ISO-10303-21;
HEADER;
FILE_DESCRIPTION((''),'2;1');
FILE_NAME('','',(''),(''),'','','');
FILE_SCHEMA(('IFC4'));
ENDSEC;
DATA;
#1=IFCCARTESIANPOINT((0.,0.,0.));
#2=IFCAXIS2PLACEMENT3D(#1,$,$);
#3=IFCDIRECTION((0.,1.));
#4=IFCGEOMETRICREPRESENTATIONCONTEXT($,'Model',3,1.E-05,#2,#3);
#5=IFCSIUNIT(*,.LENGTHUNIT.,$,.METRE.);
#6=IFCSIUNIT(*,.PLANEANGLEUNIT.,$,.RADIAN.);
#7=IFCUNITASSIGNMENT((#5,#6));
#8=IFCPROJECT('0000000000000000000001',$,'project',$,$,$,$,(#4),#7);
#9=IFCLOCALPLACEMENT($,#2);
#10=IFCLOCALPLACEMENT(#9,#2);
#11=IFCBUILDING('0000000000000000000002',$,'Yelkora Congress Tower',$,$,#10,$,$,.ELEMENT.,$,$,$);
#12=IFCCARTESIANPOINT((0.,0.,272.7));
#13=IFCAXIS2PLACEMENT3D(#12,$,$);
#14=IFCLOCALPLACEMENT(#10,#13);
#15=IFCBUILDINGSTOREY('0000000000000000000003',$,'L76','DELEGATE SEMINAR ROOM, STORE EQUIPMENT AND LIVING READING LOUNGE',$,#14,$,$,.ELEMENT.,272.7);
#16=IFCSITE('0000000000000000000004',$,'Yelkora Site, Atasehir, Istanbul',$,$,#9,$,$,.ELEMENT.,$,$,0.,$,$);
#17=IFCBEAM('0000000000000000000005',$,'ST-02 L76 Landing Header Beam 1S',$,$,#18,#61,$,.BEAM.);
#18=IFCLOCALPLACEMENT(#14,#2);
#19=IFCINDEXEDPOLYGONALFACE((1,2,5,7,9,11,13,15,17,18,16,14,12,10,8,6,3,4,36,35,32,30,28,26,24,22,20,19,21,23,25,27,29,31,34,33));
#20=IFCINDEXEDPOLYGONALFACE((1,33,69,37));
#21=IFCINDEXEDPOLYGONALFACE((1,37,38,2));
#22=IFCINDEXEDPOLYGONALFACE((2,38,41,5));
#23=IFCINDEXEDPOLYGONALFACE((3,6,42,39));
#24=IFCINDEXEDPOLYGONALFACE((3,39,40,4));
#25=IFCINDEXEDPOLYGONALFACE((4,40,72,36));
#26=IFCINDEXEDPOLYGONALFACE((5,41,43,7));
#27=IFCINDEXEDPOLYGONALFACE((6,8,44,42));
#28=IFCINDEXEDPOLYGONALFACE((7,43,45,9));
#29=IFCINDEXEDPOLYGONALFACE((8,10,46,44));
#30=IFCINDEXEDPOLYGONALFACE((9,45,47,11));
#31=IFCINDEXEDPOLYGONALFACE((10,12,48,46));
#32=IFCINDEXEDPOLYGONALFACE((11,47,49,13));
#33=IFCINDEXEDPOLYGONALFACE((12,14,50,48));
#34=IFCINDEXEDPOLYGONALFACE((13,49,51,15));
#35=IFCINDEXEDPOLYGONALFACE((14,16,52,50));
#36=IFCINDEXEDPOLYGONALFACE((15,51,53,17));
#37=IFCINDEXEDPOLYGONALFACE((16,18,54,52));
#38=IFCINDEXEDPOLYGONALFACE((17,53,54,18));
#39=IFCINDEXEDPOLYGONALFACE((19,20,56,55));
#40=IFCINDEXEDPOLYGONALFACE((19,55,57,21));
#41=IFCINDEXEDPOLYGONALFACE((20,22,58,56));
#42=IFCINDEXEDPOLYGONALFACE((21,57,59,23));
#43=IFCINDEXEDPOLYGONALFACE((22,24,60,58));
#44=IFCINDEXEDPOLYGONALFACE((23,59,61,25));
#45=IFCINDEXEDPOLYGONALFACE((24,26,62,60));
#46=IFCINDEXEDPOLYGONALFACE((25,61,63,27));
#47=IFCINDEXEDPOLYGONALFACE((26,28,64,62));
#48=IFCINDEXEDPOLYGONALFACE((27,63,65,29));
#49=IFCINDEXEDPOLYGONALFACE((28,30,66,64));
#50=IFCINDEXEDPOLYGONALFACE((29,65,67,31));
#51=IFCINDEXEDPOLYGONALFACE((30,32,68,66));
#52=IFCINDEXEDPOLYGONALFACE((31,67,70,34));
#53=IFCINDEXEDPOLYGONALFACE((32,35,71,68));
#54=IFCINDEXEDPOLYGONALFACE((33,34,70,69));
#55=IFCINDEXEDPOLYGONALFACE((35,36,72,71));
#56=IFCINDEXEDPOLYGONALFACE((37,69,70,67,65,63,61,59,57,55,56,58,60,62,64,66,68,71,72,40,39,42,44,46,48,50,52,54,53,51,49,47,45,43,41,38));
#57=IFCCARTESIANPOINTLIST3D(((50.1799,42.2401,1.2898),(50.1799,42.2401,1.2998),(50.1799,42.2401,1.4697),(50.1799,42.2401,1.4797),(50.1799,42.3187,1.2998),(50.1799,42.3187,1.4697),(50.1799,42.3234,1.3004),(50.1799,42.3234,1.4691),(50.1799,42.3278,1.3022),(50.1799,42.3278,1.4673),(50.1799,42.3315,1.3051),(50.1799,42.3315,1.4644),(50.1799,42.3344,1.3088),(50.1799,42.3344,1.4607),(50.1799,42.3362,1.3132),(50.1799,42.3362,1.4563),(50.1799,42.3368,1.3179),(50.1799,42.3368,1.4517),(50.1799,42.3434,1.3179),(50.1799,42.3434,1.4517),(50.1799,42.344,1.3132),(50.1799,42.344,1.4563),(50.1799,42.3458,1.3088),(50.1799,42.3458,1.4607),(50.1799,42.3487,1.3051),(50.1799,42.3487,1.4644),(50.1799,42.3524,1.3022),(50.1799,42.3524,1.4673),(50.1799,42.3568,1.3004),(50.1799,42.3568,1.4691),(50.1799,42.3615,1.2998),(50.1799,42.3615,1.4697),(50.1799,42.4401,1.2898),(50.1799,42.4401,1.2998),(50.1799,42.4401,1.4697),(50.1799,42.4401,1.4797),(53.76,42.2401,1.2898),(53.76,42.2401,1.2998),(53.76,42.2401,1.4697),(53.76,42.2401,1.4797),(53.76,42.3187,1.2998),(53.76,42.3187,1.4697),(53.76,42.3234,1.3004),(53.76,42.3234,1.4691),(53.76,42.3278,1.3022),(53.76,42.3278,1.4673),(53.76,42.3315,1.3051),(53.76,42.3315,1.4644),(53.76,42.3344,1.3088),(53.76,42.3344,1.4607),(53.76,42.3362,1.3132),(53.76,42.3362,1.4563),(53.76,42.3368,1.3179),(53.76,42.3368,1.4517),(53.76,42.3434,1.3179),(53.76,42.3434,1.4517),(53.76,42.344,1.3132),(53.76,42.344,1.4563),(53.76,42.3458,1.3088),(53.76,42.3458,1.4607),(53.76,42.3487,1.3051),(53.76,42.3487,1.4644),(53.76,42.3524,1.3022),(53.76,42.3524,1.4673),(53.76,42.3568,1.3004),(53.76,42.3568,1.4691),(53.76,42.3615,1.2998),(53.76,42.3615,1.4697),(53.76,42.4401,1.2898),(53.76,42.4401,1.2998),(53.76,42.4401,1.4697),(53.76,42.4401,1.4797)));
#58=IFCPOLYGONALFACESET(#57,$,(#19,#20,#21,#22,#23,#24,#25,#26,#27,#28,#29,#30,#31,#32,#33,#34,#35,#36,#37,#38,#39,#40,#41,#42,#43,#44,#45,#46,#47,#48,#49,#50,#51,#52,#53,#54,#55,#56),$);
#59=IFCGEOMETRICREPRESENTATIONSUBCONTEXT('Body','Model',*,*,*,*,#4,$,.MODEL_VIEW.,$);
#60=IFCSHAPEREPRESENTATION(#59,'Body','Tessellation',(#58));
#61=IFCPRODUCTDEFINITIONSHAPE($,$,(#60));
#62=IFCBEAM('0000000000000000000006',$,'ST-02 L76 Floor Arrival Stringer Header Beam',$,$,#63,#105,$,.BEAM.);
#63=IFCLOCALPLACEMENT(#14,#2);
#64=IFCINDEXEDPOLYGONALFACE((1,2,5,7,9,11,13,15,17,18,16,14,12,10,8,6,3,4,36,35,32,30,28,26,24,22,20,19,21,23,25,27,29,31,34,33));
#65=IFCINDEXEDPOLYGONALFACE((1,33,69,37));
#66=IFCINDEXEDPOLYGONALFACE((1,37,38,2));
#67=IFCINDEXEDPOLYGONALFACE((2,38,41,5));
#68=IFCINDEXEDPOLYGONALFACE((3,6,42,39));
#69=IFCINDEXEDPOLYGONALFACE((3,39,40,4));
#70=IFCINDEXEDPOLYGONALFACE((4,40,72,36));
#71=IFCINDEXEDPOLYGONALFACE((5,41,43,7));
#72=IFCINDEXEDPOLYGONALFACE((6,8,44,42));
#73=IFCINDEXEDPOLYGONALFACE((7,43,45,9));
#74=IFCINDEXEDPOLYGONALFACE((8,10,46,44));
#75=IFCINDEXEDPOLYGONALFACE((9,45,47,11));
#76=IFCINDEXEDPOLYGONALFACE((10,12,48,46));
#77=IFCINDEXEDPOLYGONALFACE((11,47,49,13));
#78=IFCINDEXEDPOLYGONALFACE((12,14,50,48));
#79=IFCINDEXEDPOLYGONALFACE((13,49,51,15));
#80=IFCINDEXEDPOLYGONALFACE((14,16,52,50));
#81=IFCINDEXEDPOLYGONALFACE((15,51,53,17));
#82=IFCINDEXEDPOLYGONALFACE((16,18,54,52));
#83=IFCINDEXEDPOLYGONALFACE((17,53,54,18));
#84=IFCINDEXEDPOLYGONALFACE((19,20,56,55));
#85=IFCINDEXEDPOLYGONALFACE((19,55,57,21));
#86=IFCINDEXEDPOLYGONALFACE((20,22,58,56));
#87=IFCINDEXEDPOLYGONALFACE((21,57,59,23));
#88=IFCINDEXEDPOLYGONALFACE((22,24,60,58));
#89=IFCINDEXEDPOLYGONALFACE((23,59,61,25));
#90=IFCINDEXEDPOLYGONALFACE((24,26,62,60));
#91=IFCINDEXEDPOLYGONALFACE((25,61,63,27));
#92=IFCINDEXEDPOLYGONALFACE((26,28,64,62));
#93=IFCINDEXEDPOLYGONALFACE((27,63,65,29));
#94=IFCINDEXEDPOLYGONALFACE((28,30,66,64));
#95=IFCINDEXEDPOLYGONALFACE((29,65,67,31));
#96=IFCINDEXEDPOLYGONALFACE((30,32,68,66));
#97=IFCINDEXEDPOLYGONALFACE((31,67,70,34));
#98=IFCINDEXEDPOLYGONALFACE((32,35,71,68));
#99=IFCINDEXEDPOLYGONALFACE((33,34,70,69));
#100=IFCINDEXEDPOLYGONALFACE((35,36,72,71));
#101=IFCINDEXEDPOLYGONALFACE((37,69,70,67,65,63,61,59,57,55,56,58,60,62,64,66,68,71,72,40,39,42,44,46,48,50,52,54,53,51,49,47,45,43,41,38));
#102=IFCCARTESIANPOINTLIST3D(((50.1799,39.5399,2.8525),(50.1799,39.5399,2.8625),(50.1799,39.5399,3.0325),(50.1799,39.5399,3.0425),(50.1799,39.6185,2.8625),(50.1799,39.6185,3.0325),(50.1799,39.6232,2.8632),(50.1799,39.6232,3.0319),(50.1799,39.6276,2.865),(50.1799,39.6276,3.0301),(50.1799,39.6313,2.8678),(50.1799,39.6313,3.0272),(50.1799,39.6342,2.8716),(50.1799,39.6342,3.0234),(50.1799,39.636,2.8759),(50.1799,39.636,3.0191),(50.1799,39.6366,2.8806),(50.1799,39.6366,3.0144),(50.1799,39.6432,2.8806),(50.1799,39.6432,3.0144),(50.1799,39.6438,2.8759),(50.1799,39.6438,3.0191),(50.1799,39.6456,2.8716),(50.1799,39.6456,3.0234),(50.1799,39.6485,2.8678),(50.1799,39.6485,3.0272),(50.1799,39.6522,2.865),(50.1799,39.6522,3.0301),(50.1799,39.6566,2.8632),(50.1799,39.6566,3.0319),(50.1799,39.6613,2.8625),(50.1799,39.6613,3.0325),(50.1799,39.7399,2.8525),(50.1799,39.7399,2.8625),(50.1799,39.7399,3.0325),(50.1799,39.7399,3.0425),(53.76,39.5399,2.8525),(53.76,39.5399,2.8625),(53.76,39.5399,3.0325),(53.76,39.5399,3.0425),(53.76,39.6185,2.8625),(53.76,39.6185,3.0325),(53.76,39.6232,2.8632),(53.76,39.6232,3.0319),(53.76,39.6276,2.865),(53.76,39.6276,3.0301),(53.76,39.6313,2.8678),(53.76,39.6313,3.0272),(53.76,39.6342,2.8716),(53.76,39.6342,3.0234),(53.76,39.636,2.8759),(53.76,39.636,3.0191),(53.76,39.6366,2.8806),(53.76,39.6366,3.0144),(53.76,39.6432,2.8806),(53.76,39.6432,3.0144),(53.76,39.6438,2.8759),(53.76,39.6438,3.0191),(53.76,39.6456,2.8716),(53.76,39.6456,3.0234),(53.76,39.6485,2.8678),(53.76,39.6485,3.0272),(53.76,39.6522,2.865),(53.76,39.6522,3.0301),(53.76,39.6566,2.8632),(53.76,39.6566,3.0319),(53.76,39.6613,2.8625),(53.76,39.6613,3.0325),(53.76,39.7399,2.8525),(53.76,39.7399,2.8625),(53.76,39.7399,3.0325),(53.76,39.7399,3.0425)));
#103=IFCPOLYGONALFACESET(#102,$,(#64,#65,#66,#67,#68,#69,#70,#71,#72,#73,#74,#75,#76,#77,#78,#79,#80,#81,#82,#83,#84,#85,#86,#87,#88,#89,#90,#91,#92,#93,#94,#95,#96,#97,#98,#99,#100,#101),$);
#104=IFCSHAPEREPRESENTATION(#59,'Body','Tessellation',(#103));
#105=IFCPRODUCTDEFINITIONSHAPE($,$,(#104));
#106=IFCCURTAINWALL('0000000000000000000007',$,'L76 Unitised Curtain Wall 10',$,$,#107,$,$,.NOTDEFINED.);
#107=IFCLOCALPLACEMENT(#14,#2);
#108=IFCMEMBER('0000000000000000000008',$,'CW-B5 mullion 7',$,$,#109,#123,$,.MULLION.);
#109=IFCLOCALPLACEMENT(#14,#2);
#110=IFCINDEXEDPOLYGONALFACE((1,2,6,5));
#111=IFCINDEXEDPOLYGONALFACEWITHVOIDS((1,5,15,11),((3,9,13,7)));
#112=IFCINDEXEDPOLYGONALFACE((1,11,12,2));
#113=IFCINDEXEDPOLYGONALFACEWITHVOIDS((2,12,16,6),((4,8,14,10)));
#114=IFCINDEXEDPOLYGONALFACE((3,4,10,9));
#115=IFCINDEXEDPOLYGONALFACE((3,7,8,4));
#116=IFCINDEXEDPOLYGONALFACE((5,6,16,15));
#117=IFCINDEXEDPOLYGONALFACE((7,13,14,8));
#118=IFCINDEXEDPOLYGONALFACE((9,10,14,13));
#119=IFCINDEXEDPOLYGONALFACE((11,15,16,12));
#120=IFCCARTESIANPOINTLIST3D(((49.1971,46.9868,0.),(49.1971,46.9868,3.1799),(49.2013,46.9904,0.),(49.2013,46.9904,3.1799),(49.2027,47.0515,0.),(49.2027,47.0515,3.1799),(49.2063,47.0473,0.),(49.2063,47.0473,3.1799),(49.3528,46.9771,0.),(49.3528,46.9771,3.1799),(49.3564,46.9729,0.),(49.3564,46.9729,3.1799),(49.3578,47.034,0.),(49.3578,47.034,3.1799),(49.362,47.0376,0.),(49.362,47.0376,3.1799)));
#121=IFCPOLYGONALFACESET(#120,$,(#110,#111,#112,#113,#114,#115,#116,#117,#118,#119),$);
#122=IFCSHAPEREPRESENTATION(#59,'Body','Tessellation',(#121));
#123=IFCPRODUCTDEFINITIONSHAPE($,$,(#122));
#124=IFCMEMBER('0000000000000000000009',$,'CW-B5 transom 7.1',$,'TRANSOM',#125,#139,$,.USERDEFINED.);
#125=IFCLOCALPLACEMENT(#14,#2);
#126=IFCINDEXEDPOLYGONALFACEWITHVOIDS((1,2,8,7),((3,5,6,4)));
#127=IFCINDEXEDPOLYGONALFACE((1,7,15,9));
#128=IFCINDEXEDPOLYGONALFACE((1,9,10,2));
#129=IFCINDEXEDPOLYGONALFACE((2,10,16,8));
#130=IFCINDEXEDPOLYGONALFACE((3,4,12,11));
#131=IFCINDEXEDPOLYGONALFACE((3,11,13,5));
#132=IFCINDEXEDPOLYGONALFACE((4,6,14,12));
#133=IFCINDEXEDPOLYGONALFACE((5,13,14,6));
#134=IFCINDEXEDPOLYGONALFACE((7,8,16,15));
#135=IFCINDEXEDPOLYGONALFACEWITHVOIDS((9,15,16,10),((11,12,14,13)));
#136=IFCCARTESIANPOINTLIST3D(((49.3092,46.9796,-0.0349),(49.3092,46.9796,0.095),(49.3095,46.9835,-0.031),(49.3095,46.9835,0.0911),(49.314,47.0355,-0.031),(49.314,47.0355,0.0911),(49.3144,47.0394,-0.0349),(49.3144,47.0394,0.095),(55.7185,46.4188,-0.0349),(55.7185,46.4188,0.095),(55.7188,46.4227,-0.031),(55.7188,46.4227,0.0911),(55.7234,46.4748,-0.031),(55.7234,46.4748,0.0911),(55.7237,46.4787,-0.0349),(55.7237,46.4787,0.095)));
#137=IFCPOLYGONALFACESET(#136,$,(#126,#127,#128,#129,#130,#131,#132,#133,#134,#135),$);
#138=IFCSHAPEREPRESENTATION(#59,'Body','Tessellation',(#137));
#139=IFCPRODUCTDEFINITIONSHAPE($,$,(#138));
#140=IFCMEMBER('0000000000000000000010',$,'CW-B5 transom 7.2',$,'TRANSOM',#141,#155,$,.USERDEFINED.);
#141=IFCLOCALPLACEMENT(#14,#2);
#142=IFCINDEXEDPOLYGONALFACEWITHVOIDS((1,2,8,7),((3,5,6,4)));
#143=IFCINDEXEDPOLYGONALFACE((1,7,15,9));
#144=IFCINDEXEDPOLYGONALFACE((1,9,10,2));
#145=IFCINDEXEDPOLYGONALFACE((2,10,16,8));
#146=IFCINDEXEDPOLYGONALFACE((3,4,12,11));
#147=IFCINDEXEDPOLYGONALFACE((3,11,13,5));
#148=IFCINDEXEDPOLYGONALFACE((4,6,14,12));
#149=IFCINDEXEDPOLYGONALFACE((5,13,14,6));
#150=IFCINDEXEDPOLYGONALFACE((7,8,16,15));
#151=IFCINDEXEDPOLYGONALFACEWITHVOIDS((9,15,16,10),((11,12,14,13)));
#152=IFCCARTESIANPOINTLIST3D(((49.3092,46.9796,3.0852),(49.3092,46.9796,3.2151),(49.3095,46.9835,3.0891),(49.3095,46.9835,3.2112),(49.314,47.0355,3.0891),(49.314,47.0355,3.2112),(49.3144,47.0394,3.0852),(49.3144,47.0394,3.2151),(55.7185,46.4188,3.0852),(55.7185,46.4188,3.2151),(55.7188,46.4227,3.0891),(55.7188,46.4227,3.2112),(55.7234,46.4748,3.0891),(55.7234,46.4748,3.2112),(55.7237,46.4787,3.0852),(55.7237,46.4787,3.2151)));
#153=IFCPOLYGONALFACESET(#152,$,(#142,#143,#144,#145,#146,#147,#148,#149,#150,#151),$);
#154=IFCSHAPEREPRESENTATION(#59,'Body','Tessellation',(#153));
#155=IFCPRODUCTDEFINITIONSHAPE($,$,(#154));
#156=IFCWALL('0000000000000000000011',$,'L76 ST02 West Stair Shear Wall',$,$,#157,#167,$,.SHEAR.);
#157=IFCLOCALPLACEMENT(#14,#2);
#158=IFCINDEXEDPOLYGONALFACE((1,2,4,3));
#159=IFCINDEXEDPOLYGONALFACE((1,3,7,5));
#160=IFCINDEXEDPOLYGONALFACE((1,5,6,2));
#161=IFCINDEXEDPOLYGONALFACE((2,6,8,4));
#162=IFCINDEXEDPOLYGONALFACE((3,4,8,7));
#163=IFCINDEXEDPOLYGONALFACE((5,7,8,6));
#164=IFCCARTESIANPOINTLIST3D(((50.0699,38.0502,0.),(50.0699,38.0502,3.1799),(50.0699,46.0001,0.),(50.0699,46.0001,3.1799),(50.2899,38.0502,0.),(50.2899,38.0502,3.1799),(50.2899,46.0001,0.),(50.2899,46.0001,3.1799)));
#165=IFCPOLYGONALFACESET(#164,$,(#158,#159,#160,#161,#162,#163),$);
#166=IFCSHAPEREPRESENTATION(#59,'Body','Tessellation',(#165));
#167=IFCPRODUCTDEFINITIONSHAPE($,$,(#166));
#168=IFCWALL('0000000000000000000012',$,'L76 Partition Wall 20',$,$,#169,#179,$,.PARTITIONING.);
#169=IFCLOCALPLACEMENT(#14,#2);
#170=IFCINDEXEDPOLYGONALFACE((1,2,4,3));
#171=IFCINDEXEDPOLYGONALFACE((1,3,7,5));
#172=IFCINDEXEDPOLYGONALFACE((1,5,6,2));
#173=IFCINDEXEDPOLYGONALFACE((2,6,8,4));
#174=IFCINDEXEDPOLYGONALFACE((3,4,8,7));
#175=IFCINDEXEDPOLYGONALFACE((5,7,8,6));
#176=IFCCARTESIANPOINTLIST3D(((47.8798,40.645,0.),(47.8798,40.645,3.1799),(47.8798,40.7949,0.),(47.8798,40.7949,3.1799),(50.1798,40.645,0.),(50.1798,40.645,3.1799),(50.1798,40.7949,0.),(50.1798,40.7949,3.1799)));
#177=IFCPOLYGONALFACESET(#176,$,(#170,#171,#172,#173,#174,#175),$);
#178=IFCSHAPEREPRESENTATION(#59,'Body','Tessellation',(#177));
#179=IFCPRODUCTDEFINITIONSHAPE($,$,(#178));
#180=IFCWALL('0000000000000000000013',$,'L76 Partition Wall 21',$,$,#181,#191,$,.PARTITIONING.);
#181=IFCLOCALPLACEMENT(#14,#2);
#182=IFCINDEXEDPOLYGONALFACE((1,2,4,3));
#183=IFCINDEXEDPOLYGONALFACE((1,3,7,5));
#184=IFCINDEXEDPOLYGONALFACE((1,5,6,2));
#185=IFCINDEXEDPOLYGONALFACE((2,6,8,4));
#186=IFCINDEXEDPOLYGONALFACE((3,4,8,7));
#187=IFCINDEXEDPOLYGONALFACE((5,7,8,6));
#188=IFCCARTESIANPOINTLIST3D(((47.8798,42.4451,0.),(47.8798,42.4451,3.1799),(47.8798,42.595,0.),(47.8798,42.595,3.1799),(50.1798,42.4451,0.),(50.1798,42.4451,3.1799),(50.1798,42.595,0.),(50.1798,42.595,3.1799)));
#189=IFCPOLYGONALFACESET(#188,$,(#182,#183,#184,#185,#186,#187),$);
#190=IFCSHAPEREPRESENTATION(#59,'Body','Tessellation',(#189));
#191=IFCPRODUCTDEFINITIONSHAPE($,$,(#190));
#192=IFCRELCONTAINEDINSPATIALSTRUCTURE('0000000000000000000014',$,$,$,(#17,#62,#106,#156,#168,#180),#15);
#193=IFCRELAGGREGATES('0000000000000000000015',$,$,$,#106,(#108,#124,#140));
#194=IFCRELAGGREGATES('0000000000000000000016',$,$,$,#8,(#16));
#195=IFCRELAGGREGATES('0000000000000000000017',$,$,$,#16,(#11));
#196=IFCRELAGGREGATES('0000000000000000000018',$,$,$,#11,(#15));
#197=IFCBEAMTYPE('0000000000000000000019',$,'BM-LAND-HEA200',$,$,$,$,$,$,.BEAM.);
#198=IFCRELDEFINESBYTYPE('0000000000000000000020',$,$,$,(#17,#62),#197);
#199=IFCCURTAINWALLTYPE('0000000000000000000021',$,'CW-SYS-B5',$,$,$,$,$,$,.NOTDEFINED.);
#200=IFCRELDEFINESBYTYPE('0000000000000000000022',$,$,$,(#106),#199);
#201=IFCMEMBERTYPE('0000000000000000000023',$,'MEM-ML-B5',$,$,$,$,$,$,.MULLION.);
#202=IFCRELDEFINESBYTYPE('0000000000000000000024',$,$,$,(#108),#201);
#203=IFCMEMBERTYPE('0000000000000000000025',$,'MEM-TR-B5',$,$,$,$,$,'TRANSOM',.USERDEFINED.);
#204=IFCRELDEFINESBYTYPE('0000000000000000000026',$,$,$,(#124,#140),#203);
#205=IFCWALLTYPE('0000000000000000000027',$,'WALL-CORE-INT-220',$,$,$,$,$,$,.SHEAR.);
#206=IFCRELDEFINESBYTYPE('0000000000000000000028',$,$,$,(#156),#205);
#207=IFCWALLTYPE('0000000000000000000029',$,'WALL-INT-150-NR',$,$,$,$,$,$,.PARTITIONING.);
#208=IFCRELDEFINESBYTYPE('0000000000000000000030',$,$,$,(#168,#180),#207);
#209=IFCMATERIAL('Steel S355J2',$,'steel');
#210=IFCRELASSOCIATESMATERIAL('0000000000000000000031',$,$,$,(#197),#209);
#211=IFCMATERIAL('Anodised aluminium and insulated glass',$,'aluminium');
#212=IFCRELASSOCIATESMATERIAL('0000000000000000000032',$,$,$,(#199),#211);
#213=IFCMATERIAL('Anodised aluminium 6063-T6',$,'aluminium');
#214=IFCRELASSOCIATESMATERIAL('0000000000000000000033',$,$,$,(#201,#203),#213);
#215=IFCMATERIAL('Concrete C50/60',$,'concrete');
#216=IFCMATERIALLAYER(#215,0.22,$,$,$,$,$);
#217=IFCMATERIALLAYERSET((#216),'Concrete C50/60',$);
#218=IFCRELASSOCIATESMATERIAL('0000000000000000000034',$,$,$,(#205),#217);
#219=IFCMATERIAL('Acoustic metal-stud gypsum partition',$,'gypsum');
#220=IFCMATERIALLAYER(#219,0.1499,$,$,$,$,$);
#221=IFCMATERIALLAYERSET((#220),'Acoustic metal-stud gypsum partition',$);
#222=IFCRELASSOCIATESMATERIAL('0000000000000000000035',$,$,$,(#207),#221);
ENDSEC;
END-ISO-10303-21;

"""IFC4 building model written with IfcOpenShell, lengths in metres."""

from ifc_helpers import new_model, si_unit, direction, frame, frame_2d, origin, origin_2d, place, context, subcontext, project, spatial, rectangle, hollow_rectangle, i_section, extrude, material, layer, layer_set, material_profile, profile_set, type_object, element, aggregate, save


model = new_model("IFC4")

# Units and contexts
model_context = context("Model", 3, precision=1e-05, world=origin(), true_north=direction((0.0, 1.0)))
body_context = subcontext(model_context, "Body", "Model", "MODEL_VIEW")
ifc_project = project(units=[si_unit("LENGTHUNIT", "METRE"), si_unit("PLANEANGLEUNIT", "RADIAN")], contexts=[model_context])

# Site, building, storey
site_placement = place(None, origin())
site = spatial("IfcSite", under=ifc_project, at=site_placement, Name="Yelkora Site, Atasehir, Istanbul", CompositionType="ELEMENT", RefElevation=0.0)
building_placement = place(site_placement, origin())
building = spatial("IfcBuilding", under=site, at=building_placement, Name="Yelkora Congress Tower", CompositionType="ELEMENT")
storey_placement = place(building_placement, frame((0.0, 0.0, 272.7)))
storey = spatial("IfcBuildingStorey", under=building, at=storey_placement, Name="L76", Description="DELEGATE SEMINAR ROOM, STORE EQUIPMENT AND LIVING READING LOUNGE", CompositionType="ELEMENT", Elevation=272.7)

# Beams
ifc_material_1 = material(Name="Steel S355J2", Category="steel")
ifc_material_profile_1 = material_profile(ifc_material_1, i_section(OverallWidth=0.2, OverallDepth=0.1899, WebThickness=0.0066, FlangeThickness=0.01, FilletRadius=0.0181, at=origin_2d()), Name="HEA 200")
ifc_profile_set_1 = profile_set([ifc_material_profile_1], Name="Steel S355J2")
beam_type_1 = type_object("IfcBeamType", Name="BM-LAND-HEA200", PredefinedType="BEAM", material=ifc_profile_set_1)
for number, where, z_axis, x_axis, name in (
    (1, (50.1799, 42.3401, 1.3848), (1.0, 0.0, 0.0), (0.0, 1.0, 0.0), "ST-02 L76 Landing Header Beam 1S"),
    (2, (50.1799, 39.6399, 2.9475), (1.0, 0.0, 0.0), (0.0, 1.0, 0.0), "ST-02 L76 Floor Arrival Stringer Header Beam"),
):
    element("IfcBeam", number, at=place(storey_placement, frame(where, z_axis=z_axis, x_axis=x_axis)), inside=storey, type_object=beam_type_1, Name=name, PredefinedType="BEAM", context=body_context, shape_type="SweptSolid", body=[
        extrude(i_section(OverallWidth=0.2, OverallDepth=0.1899, WebThickness=0.0066, FlangeThickness=0.01, FilletRadius=0.0181, at=origin_2d()), origin(), (0.0, 0.0, 1.0), 3.5801),
    ])

# Curtain wall, members
ifc_material_2 = material(Name="Anodised aluminium and insulated glass", Category="aluminium")
curtain_wall_type = type_object("IfcCurtainWallType", Name="CW-SYS-B5", PredefinedType="NOTDEFINED", material=ifc_material_2)
curtain_wall_placement = place(storey_placement, origin())
curtain_wall = element("IfcCurtainWall", 3, at=curtain_wall_placement, inside=storey, type_object=curtain_wall_type, Name="L76 Unitised Curtain Wall 10", PredefinedType="NOTDEFINED")
ifc_material_3 = material(Name="Anodised aluminium 6063-T6", Category="aluminium")
ifc_material_profile_2 = material_profile(ifc_material_3, hollow_rectangle(XDim=0.0649, YDim=0.1599, WallThickness=0.0039, at=origin_2d()), Name="ALU 65x160x4")
ifc_profile_set_2 = profile_set([ifc_material_profile_2], Name="Anodised aluminium 6063-T6")
member_type_1 = type_object("IfcMemberType", Name="MEM-ML-B5", PredefinedType="MULLION", material=ifc_profile_set_2)
member_1_placement = place(storey_placement, frame((49.2795, 47.0122, 0.0), z_axis=(0.0, 0.0, 1.0), x_axis=(0.087157, 0.996195, 0.0)))
member_1 = element("IfcMember", 4, at=member_1_placement, type_object=member_type_1, Name="CW-B5 mullion 7", PredefinedType="MULLION", context=body_context, shape_type="SweptSolid", body=[
    extrude(hollow_rectangle(XDim=0.0649, YDim=0.1599, WallThickness=0.0039, at=origin_2d()), origin(), (0.0, 0.0, 1.0), 3.1799),
])
ifc_material_profile_3 = material_profile(ifc_material_3, hollow_rectangle(XDim=0.0601, YDim=0.1299, WallThickness=0.0039, at=origin_2d()), Name="ALU 60x130x4")
ifc_profile_set_3 = profile_set([ifc_material_profile_3], Name="Anodised aluminium 6063-T6")
member_type_2 = type_object("IfcMemberType", Name="MEM-TR-B5", ElementType="TRANSOM", PredefinedType="USERDEFINED", material=ifc_profile_set_3)
member_2_placement = place(storey_placement, frame((49.3118, 47.0095, 0.03), z_axis=(0.996194, -0.087162, 0.0), x_axis=(0.087162, 0.996194, 0.0)))
member_2 = element("IfcMember", 5, at=member_2_placement, type_object=member_type_2, Name="CW-B5 transom 7.1", ObjectType="TRANSOM", PredefinedType="USERDEFINED", context=body_context, shape_type="SweptSolid", body=[
    extrude(hollow_rectangle(XDim=0.0601, YDim=0.1299, WallThickness=0.0039, at=origin_2d()), origin(), (0.0, 0.0, 1.0), 6.4338),
])
member_3_placement = place(storey_placement, frame((49.3118, 47.0095, 3.1501), z_axis=(0.996194, -0.087162, 0.0), x_axis=(0.087162, 0.996194, 0.0)))
member_3 = element("IfcMember", 6, at=member_3_placement, type_object=member_type_2, Name="CW-B5 transom 7.2", ObjectType="TRANSOM", PredefinedType="USERDEFINED", context=body_context, shape_type="SweptSolid", body=[
    extrude(hollow_rectangle(XDim=0.0601, YDim=0.1299, WallThickness=0.0039, at=origin_2d()), origin(), (0.0, 0.0, 1.0), 6.4338),
])
aggregate(curtain_wall, [member_1, member_2, member_3])

# Walls
ifc_material_4 = material(Name="Concrete C50/60", Category="concrete")
ifc_layer_1 = layer(ifc_material_4, 0.22)
ifc_layer_set_1 = layer_set([ifc_layer_1], Name="Concrete C50/60")
wall_type_1 = type_object("IfcWallType", Name="WALL-CORE-INT-220", PredefinedType="SHEAR", material=ifc_layer_set_1)
wall_1_placement = place(storey_placement, frame((50.1799, 38.05, 0.0), z_axis=(0.0, 0.0, 1.0), x_axis=(0.0, 1.0, 0.0)))
element("IfcWall", 7, at=wall_1_placement, inside=storey, type_object=wall_type_1, Name="L76 ST02 West Stair Shear Wall", PredefinedType="SHEAR", context=body_context, shape_type="SweptSolid", body=[
    extrude(rectangle(XDim=7.95, YDim=0.22, at=frame_2d((3.9751, 0.0))), origin(), (0.0, 0.0, 1.0), 3.1799),
])
ifc_material_5 = material(Name="Acoustic metal-stud gypsum partition", Category="gypsum")
ifc_layer_2 = layer(ifc_material_5, 0.1499)
ifc_layer_set_2 = layer_set([ifc_layer_2], Name="Acoustic metal-stud gypsum partition")
wall_type_2 = type_object("IfcWallType", Name="WALL-INT-150-NR", PredefinedType="PARTITIONING", material=ifc_layer_set_2)
for number, where, z_axis, x_axis, name in (
    (8, (47.8799, 40.72, 0.0), (0.0, 0.0, 1.0), (1.0, 0.0, 0.0), "L76 Partition Wall 20"),
    (9, (47.8799, 42.52, 0.0), (0.0, 0.0, 1.0), (1.0, 0.0, 0.0), "L76 Partition Wall 21"),
):
    element("IfcWall", number, at=place(storey_placement, frame(where, z_axis=z_axis, x_axis=x_axis)), inside=storey, type_object=wall_type_2, Name=name, PredefinedType="PARTITIONING", context=body_context, shape_type="SweptSolid", body=[
        extrude(rectangle(XDim=2.3, YDim=0.1499, at=frame_2d((1.1499, 0.0))), origin(), (0.0, 0.0, 1.0), 3.1799),
    ])

save(model, "model.ifc")
